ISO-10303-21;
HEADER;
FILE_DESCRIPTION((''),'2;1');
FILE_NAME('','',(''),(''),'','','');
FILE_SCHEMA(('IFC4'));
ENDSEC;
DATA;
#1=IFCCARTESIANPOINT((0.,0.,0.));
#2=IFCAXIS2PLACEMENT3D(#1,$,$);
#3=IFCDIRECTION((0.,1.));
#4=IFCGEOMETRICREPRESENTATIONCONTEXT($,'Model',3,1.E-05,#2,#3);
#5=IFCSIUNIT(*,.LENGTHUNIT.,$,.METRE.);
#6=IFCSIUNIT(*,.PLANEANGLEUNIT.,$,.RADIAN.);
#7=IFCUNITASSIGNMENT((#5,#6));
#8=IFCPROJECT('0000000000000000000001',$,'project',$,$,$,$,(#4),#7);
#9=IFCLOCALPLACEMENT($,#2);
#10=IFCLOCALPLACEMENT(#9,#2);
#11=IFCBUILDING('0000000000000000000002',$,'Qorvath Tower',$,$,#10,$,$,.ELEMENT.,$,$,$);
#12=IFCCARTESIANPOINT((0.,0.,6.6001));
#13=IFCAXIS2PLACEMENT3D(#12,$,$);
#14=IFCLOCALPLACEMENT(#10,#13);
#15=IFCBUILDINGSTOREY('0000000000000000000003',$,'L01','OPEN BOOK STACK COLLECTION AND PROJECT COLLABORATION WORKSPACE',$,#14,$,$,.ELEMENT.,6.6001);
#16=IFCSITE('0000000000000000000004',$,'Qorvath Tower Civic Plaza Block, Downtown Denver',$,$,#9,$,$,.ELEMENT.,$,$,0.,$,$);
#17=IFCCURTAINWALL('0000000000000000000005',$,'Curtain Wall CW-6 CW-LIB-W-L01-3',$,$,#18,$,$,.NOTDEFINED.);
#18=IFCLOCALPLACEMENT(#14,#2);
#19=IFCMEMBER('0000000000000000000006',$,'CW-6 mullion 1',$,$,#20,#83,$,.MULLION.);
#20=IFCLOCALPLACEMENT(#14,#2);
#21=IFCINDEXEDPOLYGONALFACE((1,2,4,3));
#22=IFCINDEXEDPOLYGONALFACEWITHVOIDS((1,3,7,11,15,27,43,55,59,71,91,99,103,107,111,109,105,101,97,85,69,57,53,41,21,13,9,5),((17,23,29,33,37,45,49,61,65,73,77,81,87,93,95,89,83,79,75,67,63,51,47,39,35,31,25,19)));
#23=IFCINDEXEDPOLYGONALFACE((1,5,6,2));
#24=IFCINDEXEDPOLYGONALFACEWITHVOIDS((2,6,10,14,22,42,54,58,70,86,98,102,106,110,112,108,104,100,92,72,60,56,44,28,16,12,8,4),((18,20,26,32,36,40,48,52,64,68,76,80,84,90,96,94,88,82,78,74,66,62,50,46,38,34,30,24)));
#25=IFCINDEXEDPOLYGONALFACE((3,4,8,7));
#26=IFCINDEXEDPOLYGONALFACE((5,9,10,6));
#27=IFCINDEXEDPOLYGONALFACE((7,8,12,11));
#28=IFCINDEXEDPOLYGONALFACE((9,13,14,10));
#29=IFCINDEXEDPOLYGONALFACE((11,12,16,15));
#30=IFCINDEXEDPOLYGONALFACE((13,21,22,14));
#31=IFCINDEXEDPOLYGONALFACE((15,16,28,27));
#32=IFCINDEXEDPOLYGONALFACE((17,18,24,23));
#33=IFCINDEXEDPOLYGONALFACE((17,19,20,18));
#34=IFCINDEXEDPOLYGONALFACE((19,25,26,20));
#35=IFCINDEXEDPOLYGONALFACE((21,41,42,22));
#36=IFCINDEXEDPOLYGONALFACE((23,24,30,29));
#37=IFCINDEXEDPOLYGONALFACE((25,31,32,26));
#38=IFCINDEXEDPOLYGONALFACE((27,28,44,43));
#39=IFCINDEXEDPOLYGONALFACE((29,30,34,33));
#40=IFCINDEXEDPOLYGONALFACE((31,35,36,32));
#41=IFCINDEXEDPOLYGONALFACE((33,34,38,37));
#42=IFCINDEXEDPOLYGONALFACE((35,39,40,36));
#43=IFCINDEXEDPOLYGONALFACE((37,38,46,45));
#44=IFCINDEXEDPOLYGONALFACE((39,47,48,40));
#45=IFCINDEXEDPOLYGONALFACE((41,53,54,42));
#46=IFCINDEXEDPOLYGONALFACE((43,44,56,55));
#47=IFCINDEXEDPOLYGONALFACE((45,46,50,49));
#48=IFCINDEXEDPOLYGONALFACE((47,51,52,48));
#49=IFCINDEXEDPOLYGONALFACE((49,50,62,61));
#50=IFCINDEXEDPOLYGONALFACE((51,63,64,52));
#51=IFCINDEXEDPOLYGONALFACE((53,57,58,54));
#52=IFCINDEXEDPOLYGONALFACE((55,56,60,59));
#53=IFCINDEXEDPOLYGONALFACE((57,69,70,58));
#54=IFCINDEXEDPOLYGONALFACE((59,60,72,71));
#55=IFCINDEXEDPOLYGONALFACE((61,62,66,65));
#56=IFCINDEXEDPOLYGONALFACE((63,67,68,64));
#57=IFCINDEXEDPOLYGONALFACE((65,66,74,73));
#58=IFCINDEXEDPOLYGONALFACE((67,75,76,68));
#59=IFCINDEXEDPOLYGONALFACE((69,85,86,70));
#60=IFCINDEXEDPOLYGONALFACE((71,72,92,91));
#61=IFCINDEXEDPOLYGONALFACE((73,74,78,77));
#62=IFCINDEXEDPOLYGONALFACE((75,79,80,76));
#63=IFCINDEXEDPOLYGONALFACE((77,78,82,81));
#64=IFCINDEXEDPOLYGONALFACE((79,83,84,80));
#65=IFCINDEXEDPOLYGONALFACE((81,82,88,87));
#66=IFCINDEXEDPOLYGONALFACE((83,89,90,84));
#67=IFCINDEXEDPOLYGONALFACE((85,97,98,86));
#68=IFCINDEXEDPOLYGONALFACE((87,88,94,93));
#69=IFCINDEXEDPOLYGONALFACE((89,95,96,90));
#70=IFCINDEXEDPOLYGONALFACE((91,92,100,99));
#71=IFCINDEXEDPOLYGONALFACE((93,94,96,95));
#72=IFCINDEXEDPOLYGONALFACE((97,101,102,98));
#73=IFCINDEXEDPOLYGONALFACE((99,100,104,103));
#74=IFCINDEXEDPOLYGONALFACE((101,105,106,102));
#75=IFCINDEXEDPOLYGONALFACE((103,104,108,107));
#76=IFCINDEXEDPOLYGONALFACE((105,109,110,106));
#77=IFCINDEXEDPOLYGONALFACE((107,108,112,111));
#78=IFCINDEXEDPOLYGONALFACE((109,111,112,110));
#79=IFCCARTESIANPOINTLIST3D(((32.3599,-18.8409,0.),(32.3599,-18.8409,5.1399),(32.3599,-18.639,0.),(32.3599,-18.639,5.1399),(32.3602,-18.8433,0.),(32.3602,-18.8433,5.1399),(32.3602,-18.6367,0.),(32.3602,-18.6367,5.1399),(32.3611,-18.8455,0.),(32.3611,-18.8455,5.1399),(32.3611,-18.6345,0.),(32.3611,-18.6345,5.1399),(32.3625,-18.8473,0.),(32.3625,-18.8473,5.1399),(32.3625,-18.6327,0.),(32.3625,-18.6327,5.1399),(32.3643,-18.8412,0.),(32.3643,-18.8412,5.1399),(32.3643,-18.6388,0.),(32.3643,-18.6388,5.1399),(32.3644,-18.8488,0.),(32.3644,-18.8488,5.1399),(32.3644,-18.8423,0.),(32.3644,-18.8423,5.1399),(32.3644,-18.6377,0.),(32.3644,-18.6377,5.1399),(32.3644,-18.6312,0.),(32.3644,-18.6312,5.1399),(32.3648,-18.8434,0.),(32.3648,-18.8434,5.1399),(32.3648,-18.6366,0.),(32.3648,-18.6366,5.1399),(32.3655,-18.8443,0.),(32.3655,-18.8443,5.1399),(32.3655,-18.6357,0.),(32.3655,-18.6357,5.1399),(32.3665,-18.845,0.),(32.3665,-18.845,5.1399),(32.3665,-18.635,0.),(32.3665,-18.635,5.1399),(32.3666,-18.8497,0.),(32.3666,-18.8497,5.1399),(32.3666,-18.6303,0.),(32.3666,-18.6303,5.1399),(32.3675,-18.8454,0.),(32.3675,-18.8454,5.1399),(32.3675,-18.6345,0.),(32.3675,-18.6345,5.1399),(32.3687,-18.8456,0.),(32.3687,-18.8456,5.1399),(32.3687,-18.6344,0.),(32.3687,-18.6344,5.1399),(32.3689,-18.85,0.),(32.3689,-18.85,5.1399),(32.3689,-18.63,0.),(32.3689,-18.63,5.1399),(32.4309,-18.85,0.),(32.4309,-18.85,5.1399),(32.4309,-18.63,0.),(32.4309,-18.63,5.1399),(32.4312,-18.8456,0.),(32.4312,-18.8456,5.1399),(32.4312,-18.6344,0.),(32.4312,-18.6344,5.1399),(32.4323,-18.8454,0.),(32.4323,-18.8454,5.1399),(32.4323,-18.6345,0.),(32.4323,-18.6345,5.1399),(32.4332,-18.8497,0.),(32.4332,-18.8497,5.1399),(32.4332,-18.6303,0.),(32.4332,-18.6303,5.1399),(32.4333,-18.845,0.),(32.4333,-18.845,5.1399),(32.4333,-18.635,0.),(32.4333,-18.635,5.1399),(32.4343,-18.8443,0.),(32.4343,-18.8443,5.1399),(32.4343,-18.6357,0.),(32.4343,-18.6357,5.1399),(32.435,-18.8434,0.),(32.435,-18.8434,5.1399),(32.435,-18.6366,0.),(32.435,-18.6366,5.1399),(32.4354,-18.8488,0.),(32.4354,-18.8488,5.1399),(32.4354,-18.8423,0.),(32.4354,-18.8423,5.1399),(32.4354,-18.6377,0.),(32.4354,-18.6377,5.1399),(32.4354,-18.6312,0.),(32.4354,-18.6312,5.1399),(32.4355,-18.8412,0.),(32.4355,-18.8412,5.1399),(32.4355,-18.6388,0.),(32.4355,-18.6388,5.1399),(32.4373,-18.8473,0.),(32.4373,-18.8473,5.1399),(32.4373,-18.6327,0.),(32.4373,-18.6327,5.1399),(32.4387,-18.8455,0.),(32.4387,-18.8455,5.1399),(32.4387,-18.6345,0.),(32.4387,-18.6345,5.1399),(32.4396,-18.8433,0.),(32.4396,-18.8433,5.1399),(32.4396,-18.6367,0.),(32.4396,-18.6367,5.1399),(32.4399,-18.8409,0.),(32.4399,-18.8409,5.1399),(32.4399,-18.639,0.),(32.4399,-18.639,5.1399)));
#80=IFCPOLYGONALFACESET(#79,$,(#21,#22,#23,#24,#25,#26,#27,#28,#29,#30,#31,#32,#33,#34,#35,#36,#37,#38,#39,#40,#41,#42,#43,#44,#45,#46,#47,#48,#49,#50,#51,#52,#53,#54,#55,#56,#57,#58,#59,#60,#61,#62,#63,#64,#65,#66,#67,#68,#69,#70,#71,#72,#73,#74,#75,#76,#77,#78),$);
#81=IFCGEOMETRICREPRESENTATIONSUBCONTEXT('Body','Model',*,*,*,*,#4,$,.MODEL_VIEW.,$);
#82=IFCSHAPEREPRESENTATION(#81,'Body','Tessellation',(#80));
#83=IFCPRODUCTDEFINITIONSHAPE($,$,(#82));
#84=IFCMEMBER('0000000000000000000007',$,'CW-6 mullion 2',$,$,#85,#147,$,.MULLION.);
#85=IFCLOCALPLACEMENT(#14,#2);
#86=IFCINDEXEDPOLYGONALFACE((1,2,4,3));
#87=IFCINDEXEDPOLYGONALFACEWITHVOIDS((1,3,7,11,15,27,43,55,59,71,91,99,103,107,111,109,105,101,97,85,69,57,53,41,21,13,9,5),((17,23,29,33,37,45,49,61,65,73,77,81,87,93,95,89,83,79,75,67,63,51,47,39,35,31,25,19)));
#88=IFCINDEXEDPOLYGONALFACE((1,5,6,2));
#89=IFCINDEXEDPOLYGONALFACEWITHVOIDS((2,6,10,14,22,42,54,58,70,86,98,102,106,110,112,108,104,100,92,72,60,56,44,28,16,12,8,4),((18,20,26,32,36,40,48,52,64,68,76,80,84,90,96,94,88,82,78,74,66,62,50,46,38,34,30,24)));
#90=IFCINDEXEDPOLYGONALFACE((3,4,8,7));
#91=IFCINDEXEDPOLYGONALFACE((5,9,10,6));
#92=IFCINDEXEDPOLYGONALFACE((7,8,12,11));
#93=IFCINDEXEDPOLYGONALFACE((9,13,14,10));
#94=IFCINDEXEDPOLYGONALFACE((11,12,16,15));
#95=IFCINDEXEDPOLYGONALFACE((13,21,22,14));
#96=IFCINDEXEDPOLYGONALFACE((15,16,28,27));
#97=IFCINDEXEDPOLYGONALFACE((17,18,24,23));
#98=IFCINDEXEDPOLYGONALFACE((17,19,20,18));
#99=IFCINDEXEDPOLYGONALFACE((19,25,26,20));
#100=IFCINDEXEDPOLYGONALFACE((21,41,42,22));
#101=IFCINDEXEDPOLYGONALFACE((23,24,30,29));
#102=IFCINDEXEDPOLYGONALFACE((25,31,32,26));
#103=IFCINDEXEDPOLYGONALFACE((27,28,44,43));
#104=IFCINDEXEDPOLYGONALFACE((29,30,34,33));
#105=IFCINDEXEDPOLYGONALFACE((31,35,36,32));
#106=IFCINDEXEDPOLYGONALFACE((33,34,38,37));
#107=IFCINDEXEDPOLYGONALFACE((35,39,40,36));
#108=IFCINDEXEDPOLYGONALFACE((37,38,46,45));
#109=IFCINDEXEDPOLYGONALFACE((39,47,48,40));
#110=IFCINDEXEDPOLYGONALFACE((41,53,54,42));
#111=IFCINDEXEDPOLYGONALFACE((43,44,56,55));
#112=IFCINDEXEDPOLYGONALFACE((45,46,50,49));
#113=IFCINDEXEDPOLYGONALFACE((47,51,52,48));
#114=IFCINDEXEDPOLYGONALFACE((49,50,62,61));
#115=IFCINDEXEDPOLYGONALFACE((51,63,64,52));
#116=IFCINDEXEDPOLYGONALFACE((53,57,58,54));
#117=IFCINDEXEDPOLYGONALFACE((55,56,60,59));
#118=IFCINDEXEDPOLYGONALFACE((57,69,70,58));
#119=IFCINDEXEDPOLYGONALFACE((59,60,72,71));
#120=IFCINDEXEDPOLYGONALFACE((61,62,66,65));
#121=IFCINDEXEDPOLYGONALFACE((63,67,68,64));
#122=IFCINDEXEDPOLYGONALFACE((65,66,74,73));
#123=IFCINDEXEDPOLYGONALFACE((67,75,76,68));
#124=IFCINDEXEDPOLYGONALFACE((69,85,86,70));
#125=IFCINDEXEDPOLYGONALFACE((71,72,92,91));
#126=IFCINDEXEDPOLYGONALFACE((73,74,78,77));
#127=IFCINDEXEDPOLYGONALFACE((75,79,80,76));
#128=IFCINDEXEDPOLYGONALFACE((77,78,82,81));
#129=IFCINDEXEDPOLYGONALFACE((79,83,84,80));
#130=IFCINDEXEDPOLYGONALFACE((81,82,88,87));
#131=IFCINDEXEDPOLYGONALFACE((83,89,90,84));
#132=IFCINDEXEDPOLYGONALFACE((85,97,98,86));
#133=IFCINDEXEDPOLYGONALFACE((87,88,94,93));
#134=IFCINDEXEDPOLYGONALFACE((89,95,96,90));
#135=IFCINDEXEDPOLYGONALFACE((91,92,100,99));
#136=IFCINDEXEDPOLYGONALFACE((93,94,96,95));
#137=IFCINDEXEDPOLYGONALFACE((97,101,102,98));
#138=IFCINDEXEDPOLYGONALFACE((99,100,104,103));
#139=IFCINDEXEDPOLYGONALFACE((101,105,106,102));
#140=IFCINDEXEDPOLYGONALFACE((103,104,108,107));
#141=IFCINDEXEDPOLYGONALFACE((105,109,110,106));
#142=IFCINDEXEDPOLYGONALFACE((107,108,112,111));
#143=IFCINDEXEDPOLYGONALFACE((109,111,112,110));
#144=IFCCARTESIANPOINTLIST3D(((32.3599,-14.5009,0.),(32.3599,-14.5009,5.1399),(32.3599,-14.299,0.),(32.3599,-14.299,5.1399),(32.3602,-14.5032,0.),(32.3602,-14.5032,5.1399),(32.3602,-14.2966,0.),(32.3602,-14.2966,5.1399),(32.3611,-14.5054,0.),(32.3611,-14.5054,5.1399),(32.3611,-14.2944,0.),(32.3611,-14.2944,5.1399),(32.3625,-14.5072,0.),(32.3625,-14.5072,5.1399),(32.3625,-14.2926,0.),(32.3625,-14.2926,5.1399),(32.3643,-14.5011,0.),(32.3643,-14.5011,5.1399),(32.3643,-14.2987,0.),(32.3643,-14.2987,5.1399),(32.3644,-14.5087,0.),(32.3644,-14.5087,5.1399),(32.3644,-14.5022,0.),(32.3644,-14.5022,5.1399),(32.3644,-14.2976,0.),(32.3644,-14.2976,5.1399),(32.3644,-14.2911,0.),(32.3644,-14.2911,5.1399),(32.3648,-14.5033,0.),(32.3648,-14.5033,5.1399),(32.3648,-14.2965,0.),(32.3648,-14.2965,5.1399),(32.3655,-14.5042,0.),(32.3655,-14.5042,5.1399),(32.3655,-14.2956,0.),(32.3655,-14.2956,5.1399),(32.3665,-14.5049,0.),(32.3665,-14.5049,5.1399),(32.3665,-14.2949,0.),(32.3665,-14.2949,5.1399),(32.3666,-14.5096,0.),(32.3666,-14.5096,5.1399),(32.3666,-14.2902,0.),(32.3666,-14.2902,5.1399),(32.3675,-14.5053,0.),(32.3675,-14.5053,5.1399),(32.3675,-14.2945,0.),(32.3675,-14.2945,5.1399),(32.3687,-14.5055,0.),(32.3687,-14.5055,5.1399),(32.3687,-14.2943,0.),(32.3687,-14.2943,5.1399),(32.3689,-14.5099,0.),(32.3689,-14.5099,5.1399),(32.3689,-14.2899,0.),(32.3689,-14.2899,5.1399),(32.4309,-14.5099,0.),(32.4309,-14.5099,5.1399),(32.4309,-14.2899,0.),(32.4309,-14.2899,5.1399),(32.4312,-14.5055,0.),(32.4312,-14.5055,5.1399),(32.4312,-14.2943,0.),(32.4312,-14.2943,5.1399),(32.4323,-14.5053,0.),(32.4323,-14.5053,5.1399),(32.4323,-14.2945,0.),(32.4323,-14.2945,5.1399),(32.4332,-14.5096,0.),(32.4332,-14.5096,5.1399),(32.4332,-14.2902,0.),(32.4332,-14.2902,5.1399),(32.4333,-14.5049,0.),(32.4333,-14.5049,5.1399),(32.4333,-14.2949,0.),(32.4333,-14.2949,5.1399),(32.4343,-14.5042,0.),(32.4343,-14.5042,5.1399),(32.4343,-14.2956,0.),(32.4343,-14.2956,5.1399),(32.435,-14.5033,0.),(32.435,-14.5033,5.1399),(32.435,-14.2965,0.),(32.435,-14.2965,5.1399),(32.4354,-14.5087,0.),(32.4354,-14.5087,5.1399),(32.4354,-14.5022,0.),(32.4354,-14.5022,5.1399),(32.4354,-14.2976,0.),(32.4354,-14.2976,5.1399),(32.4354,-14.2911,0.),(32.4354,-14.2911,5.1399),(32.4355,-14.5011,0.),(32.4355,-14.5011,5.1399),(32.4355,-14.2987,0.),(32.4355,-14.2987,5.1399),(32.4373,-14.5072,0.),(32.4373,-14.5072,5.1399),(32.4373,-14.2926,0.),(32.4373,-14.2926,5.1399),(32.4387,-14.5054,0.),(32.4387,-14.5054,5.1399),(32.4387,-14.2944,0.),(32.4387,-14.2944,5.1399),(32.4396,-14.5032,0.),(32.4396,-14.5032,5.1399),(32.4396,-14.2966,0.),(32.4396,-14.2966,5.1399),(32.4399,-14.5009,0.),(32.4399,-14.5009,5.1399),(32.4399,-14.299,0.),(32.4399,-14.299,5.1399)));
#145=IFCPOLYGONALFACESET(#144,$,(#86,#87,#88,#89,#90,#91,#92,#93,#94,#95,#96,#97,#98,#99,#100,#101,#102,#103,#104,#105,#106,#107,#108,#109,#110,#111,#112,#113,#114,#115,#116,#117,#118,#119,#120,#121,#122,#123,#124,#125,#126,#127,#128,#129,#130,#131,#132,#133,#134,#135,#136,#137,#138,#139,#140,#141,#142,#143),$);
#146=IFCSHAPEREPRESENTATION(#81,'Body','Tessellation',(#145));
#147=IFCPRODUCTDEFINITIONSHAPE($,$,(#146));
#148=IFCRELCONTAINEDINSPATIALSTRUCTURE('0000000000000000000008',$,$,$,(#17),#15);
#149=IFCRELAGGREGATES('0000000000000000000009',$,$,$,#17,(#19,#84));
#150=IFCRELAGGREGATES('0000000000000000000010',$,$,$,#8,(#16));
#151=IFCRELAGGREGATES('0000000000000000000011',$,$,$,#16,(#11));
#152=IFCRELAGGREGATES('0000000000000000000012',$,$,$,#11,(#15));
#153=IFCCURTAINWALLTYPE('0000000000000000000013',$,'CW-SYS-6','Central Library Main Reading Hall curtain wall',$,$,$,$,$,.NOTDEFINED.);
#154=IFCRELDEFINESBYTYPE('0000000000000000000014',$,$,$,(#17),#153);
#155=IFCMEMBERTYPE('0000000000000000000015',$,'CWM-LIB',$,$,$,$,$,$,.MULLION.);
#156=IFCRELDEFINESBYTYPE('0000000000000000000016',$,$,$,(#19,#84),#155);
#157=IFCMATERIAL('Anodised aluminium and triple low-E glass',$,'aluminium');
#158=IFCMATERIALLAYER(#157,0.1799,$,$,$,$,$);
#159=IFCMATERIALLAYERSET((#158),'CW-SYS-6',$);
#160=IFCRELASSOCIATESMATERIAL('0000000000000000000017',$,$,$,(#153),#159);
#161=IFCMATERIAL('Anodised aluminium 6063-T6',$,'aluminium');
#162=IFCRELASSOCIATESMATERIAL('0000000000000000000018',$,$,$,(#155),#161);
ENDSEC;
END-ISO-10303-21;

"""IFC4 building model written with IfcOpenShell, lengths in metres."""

from ifc_helpers import new_model, si_unit, direction, frame, origin, origin_2d, place, context, subcontext, project, spatial, hollow_rectangle, extrude, material, layer, layer_set, material_profile, profile_set, type_object, element, aggregate, save


model = new_model("IFC4")

# Units and contexts
model_context = context("Model", 3, precision=1e-05, world=origin(), true_north=direction((0.0, 1.0)))
body_context = subcontext(model_context, "Body", "Model", "MODEL_VIEW")
ifc_project = project(units=[si_unit("LENGTHUNIT", "METRE"), si_unit("PLANEANGLEUNIT", "RADIAN")], contexts=[model_context])

# Site, building, storey
site_placement = place(None, origin())
site = spatial("IfcSite", under=ifc_project, at=site_placement, Name="Qorvath Tower Civic Plaza Block, Downtown Denver", CompositionType="ELEMENT", RefElevation=0.0)
building_placement = place(site_placement, origin())
building = spatial("IfcBuilding", under=site, at=building_placement, Name="Qorvath Tower", CompositionType="ELEMENT")
storey_placement = place(building_placement, frame((0.0, 0.0, 6.6001)))
storey = spatial("IfcBuildingStorey", under=building, at=storey_placement, Name="L01", Description="OPEN BOOK STACK COLLECTION AND PROJECT COLLABORATION WORKSPACE", CompositionType="ELEMENT", Elevation=6.6001)

# Curtain wall, members
ifc_material_1 = material(Name="Anodised aluminium and triple low-E glass", Category="aluminium")
ifc_layer_1 = layer(ifc_material_1, 0.1799)
ifc_layer_set_1 = layer_set([ifc_layer_1], Name="CW-SYS-6")
curtain_wall_type = type_object("IfcCurtainWallType", Name="CW-SYS-6", Description="Central Library Main Reading Hall curtain wall", PredefinedType="NOTDEFINED", material=ifc_layer_set_1)
curtain_wall_placement = place(storey_placement, origin())
curtain_wall = element("IfcCurtainWall", 1, at=curtain_wall_placement, inside=storey, type_object=curtain_wall_type, Name="Curtain Wall CW-6 CW-LIB-W-L01-3", PredefinedType="NOTDEFINED")
ifc_material_2 = material(Name="Anodised aluminium 6063-T6", Category="aluminium")
ifc_material_profile_1 = material_profile(ifc_material_2, hollow_rectangle(XDim=0.0801, YDim=0.22, WallThickness=0.0044, InnerFilletRadius=0.0044, OuterFilletRadius=0.009, at=origin_2d()), Name="CWM LIB 220x80")
ifc_profile_set_1 = profile_set([ifc_material_profile_1], Name="Anodised aluminium 6063-T6")
member_type_1 = type_object("IfcMemberType", Name="CWM-LIB", PredefinedType="MULLION", material=ifc_profile_set_1)
member_1_placement = place(storey_placement, frame((32.3999, -18.74, 0.0), z_axis=(0.0, 0.0, 1.0), x_axis=(-1.0, 0.0, 0.0)))
member_1 = element("IfcMember", 2, at=member_1_placement, type_object=member_type_1, Name="CW-6 mullion 1", PredefinedType="MULLION", context=body_context, shape_type="SweptSolid", body=[
    extrude(hollow_rectangle(XDim=0.0801, YDim=0.22, WallThickness=0.0044, InnerFilletRadius=0.0044, OuterFilletRadius=0.009, at=origin_2d()), origin(), (0.0, 0.0, 1.0), 5.1399),
])
member_2_placement = place(storey_placement, frame((32.3999, -14.3999, 0.0), z_axis=(0.0, 0.0, 1.0), x_axis=(-1.0, 0.0, 0.0)))
member_2 = element("IfcMember", 3, at=member_2_placement, type_object=member_type_1, Name="CW-6 mullion 2", PredefinedType="MULLION", context=body_context, shape_type="SweptSolid", body=[
    extrude(hollow_rectangle(XDim=0.0801, YDim=0.22, WallThickness=0.0044, InnerFilletRadius=0.0044, OuterFilletRadius=0.009, at=origin_2d()), origin(), (0.0, 0.0, 1.0), 5.1399),
])
aggregate(curtain_wall, [member_1, member_2])

save(model, "model.ifc")
